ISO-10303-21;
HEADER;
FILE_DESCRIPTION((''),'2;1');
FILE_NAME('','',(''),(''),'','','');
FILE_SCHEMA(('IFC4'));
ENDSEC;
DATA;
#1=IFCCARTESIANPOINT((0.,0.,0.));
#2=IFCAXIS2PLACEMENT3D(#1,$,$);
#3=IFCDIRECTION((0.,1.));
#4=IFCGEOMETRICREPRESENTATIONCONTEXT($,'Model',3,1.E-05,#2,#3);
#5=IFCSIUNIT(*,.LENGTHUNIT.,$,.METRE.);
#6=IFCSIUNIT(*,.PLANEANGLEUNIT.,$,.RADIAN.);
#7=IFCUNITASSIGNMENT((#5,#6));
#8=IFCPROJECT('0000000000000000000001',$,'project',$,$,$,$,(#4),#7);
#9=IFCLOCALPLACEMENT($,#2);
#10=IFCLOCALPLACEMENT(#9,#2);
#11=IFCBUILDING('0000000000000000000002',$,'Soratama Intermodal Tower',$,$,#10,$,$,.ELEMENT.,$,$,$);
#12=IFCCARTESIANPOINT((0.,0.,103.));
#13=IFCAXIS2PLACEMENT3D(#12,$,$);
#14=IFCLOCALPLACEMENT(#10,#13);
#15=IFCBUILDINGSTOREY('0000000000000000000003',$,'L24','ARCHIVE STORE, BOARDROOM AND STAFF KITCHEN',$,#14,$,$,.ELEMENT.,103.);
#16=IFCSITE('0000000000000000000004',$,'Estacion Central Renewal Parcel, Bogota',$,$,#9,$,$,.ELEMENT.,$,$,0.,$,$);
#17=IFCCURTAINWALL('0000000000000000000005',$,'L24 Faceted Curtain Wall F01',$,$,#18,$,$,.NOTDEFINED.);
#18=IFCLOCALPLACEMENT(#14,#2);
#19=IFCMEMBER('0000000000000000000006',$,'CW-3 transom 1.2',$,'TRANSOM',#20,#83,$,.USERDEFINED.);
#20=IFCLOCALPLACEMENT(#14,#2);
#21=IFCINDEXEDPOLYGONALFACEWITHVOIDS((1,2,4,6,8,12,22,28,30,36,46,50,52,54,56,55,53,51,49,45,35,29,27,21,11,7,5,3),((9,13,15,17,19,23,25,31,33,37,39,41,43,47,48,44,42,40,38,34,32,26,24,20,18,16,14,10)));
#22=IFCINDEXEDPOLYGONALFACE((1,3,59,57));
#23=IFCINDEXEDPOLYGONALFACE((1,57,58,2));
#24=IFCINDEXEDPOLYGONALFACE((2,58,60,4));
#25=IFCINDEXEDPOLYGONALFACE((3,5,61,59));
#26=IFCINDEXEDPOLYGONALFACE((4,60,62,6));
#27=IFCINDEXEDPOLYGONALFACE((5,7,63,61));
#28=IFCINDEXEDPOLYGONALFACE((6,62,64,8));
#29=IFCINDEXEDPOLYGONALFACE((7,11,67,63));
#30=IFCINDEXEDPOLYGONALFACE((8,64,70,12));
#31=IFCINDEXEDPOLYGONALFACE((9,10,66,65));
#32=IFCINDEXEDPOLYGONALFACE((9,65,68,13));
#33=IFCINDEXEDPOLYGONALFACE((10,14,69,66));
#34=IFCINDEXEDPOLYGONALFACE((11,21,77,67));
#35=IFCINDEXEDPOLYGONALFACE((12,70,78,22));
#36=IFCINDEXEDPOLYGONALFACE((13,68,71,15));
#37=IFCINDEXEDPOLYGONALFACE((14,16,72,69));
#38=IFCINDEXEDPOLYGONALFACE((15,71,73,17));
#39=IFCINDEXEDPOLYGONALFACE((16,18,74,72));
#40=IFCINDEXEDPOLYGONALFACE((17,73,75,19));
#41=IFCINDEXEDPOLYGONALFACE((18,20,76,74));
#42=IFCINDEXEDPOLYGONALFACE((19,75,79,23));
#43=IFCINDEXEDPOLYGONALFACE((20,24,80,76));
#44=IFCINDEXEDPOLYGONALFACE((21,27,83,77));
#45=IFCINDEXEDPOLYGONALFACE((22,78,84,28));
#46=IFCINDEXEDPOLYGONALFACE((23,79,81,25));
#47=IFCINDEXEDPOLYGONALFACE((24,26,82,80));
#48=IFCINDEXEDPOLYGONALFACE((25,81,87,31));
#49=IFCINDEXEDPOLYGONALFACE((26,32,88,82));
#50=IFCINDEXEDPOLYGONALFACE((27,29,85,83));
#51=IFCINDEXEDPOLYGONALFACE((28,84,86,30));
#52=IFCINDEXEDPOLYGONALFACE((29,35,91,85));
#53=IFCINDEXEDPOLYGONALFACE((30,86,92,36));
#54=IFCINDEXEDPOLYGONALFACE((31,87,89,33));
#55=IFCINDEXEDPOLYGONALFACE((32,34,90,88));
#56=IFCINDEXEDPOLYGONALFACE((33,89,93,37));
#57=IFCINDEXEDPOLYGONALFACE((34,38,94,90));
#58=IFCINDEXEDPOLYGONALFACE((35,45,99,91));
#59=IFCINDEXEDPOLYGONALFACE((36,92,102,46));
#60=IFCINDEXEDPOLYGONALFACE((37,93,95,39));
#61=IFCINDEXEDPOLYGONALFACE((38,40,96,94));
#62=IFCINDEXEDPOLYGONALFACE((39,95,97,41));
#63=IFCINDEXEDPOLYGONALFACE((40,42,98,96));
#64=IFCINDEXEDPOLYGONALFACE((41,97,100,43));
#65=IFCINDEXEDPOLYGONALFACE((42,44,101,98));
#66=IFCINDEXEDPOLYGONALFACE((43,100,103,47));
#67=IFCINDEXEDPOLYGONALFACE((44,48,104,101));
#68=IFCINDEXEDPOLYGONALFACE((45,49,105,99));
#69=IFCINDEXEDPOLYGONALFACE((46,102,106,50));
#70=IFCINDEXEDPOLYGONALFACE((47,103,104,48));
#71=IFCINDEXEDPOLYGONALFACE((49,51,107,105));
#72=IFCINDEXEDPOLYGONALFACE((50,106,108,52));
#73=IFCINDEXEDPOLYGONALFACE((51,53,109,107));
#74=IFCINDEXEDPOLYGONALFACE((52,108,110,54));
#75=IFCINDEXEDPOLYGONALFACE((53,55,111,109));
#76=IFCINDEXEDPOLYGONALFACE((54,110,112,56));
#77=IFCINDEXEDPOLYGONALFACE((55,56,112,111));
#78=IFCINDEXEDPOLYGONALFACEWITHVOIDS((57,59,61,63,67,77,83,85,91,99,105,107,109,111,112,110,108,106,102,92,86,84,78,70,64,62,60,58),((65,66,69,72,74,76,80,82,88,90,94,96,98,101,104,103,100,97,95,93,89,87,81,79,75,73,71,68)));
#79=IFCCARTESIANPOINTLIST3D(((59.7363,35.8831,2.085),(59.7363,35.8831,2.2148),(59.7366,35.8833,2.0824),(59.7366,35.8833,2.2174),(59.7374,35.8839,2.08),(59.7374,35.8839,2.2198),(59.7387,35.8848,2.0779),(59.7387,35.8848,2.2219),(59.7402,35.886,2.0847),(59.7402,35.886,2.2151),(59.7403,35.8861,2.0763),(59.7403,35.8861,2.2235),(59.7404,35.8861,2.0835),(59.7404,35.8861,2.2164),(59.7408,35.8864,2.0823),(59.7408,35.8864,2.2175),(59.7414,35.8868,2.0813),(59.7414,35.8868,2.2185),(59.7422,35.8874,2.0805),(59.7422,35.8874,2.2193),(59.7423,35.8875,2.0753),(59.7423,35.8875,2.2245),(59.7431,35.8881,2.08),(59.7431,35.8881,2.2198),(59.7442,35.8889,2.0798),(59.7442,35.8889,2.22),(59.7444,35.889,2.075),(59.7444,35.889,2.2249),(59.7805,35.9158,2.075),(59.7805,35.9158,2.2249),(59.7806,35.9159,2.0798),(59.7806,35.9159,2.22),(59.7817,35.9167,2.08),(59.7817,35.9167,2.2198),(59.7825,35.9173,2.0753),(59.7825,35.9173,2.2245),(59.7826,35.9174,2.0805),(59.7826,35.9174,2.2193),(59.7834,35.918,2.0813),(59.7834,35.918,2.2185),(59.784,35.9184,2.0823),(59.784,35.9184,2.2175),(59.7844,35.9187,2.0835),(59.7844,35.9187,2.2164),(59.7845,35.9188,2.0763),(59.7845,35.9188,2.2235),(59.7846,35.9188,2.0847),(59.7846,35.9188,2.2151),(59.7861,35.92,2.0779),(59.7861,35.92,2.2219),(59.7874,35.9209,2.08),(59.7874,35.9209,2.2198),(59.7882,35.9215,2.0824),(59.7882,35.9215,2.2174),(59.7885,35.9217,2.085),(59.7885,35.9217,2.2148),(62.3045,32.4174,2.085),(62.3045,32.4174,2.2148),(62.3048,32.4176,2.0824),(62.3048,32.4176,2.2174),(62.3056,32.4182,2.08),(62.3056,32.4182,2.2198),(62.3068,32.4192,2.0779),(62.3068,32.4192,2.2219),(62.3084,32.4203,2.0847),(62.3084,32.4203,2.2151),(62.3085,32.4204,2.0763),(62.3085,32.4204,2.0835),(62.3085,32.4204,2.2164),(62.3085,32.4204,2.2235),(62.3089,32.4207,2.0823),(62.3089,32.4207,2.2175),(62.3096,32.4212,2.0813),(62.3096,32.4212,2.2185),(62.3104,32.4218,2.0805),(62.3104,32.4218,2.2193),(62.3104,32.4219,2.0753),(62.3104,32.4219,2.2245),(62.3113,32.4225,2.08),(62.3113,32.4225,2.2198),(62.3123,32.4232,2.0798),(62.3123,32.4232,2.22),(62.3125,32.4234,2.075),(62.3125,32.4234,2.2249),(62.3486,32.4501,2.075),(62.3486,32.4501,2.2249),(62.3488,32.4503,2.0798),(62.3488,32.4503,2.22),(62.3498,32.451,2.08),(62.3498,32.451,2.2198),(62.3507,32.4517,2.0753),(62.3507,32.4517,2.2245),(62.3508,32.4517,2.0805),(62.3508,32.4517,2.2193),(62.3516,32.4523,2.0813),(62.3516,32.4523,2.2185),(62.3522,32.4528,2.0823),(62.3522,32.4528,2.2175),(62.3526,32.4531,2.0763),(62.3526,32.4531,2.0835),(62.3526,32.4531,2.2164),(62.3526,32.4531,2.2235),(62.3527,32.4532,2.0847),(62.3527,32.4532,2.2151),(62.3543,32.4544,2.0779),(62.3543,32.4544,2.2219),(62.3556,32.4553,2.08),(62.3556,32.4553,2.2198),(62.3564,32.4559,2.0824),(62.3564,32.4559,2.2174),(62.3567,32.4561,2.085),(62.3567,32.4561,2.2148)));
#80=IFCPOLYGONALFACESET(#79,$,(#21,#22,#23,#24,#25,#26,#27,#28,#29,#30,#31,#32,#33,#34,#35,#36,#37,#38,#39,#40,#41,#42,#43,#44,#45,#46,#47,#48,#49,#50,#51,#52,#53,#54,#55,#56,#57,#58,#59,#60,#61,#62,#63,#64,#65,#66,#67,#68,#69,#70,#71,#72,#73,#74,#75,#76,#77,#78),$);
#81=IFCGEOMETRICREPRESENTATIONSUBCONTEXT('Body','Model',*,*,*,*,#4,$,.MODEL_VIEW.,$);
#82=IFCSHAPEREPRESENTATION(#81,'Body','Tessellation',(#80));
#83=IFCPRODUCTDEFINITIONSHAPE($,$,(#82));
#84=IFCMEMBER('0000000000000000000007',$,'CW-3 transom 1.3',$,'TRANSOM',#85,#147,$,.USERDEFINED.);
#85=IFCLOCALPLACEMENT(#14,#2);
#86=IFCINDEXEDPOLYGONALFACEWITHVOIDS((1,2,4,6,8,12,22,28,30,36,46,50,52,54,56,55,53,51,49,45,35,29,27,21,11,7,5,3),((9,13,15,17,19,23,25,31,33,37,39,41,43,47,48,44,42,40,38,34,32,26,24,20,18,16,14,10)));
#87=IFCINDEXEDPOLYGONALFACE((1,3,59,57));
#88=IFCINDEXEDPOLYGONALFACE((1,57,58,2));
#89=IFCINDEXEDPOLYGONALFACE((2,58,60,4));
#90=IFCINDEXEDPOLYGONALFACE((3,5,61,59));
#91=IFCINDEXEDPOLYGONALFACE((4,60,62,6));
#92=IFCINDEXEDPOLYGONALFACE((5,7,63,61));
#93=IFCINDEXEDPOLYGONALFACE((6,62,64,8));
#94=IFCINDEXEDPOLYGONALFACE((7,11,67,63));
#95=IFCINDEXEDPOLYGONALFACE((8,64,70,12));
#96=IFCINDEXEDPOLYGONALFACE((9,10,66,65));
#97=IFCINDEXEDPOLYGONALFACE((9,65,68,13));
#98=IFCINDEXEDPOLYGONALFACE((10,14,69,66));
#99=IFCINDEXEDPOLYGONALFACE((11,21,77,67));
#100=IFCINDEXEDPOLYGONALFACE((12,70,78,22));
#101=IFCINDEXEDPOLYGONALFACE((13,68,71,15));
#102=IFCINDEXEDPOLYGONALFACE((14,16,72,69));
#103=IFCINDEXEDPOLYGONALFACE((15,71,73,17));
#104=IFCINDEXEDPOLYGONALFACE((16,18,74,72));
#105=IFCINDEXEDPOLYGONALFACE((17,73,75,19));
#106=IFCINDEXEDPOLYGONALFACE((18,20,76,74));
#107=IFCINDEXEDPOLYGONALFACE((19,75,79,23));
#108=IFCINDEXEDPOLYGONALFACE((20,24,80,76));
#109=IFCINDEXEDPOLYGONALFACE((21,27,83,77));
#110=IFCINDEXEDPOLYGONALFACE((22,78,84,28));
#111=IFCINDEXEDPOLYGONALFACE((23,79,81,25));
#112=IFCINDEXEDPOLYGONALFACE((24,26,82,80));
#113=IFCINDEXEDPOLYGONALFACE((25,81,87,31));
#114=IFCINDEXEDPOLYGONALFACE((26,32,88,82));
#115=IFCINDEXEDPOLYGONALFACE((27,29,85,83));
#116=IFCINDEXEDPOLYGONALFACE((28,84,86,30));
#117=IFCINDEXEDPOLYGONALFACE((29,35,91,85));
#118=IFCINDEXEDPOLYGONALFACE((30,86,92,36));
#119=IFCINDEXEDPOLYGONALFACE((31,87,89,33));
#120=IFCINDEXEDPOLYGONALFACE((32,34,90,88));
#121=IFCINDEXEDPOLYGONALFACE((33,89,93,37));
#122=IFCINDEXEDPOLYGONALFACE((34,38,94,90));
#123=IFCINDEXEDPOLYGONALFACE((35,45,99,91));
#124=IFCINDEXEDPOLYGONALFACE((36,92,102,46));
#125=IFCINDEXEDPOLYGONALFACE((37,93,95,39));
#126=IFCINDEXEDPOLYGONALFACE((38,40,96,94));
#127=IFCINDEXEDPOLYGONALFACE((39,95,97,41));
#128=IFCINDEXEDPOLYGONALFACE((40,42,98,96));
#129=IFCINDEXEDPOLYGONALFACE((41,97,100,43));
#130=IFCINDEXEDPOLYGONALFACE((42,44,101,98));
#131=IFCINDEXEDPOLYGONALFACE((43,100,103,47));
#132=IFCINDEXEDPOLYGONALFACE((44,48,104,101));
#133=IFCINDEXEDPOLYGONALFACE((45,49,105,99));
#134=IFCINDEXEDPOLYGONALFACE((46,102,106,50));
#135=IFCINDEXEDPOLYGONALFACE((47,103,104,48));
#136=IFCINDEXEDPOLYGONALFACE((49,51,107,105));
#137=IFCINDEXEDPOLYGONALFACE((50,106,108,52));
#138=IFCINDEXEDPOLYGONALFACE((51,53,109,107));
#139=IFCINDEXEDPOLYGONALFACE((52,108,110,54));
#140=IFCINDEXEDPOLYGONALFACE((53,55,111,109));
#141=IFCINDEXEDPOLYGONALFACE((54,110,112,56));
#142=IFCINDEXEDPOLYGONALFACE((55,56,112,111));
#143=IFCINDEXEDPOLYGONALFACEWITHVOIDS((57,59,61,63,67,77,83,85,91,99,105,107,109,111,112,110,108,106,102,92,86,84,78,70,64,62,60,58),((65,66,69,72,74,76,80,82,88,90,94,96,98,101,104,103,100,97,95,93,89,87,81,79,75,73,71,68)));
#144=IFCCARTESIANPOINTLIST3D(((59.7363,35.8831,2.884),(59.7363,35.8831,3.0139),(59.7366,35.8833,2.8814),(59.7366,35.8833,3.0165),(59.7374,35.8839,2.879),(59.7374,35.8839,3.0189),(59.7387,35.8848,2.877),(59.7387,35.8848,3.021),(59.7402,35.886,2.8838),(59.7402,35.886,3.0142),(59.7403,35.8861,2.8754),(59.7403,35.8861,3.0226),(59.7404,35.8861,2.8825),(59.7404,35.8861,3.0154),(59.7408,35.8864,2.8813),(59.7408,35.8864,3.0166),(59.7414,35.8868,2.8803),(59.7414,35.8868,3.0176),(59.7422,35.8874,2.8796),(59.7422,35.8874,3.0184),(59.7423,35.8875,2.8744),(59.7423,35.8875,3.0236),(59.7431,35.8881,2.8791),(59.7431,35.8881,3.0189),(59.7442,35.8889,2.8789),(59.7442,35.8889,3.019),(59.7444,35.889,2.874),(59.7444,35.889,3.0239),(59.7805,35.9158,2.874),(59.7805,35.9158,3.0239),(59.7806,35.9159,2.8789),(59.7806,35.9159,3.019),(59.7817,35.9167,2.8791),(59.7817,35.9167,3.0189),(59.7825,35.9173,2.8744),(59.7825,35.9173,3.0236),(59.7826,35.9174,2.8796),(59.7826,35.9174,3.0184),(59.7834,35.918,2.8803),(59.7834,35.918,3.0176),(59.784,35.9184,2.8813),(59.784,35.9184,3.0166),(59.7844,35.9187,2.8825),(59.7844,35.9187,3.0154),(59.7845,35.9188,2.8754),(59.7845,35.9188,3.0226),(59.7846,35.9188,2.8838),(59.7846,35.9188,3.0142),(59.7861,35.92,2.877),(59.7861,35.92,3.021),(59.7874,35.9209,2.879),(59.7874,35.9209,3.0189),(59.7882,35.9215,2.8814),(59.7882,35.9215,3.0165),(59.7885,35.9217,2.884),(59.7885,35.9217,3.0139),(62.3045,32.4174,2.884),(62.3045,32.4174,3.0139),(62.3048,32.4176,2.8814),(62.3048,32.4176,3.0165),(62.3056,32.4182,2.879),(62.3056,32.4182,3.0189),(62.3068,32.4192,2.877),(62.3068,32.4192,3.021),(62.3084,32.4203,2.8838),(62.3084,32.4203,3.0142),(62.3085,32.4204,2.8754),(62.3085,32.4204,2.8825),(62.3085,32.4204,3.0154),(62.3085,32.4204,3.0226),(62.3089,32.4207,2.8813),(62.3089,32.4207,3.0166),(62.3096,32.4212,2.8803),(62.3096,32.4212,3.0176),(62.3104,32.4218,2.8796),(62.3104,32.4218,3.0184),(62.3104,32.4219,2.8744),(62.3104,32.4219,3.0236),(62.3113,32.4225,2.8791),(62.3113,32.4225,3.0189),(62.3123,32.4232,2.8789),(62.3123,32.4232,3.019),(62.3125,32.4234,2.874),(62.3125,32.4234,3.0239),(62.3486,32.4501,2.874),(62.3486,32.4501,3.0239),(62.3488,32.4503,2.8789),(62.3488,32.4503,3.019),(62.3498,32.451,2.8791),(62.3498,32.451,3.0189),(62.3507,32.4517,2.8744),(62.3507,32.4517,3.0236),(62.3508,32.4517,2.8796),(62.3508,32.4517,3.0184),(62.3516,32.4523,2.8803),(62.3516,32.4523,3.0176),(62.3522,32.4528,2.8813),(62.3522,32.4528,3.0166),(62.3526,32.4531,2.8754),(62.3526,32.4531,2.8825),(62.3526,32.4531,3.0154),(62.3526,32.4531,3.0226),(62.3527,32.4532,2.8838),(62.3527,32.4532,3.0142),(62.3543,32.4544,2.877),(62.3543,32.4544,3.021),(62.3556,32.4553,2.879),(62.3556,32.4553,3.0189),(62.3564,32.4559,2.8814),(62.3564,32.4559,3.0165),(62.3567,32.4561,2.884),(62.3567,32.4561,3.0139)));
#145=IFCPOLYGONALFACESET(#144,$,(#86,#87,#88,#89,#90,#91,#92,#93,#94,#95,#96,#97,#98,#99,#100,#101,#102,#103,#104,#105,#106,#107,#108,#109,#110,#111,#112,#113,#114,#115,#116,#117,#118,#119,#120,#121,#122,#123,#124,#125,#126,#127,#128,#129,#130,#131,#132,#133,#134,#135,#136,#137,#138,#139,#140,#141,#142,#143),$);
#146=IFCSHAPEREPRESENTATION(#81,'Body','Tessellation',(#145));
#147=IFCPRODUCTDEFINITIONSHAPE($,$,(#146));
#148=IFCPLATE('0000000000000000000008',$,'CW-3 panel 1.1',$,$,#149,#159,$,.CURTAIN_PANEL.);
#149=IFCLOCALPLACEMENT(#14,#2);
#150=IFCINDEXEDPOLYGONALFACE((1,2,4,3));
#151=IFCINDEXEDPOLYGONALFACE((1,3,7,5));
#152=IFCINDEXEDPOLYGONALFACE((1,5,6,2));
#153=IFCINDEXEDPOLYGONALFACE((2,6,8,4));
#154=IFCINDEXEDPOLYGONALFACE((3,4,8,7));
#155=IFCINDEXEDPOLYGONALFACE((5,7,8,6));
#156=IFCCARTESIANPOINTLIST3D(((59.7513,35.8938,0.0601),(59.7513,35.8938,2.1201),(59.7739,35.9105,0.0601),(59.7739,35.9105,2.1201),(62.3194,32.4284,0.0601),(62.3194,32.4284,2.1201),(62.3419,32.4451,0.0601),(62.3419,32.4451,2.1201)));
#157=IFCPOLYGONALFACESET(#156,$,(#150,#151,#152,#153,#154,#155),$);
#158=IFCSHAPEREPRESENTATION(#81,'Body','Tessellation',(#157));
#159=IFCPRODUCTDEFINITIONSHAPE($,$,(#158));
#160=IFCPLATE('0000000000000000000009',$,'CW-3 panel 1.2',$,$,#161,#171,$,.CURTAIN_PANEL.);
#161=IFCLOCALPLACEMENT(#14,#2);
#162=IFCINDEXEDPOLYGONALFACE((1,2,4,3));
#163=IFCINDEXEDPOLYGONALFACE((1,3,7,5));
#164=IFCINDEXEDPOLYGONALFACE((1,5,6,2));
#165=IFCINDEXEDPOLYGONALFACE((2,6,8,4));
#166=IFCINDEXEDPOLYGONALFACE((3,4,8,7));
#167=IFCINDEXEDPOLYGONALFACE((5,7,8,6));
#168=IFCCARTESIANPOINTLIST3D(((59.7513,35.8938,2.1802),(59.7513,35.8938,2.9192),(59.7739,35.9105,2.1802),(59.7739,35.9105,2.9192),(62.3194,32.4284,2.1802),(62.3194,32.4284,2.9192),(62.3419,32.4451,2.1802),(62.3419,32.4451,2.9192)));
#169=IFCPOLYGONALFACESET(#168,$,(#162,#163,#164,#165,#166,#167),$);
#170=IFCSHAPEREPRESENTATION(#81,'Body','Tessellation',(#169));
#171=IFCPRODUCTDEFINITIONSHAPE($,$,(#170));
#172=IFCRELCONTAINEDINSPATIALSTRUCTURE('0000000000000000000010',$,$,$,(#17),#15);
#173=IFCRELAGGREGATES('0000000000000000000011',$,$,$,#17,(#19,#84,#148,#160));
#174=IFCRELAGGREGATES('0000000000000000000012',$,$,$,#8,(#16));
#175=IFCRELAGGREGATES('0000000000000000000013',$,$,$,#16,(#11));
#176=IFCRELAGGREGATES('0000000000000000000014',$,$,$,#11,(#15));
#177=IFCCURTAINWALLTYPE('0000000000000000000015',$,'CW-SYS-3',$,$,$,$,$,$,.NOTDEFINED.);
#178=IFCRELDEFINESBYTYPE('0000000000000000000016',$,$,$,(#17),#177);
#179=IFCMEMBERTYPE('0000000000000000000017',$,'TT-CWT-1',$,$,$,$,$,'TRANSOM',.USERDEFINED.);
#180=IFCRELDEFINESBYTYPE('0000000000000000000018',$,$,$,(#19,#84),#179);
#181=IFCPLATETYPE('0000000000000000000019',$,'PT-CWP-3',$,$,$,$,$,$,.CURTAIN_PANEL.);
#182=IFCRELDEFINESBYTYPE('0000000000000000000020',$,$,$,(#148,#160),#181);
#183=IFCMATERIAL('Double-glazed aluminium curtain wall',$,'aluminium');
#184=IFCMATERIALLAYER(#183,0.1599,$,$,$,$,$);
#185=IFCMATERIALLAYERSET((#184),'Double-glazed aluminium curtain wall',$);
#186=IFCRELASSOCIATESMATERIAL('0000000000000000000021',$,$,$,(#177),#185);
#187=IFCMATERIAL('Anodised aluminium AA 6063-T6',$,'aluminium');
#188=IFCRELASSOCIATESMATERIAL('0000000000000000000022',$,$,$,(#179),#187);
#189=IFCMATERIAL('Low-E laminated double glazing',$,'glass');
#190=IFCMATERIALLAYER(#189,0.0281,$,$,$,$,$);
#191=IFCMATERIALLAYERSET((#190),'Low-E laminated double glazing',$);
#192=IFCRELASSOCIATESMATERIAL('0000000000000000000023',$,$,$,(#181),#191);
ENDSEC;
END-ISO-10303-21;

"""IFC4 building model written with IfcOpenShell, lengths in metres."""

from ifc_helpers import new_model, si_unit, direction, frame, origin, origin_2d, place, context, subcontext, project, spatial, rectangle, hollow_rectangle, extrude, material, layer, layer_set, material_profile, profile_set, type_object, element, aggregate, save


model = new_model("IFC4")

# Units and contexts
model_context = context("Model", 3, precision=1e-05, world=origin(), true_north=direction((0.0, 1.0)))
body_context = subcontext(model_context, "Body", "Model", "MODEL_VIEW")
ifc_project = project(units=[si_unit("LENGTHUNIT", "METRE"), si_unit("PLANEANGLEUNIT", "RADIAN")], contexts=[model_context])

# Site, building, storey
site_placement = place(None, origin())
site = spatial("IfcSite", under=ifc_project, at=site_placement, Name="Estacion Central Renewal Parcel, Bogota", CompositionType="ELEMENT", RefElevation=0.0)
building_placement = place(site_placement, origin())
building = spatial("IfcBuilding", under=site, at=building_placement, Name="Soratama Intermodal Tower", CompositionType="ELEMENT")
storey_placement = place(building_placement, frame((0.0, 0.0, 103.0)))
storey = spatial("IfcBuildingStorey", under=building, at=storey_placement, Name="L24", Description="ARCHIVE STORE, BOARDROOM AND STAFF KITCHEN", CompositionType="ELEMENT", Elevation=103.0)

# Curtain wall, members, plates
ifc_material_1 = material(Name="Double-glazed aluminium curtain wall", Category="aluminium")
ifc_layer_1 = layer(ifc_material_1, 0.1599)
ifc_layer_set_1 = layer_set([ifc_layer_1], Name="Double-glazed aluminium curtain wall")
curtain_wall_type = type_object("IfcCurtainWallType", Name="CW-SYS-3", PredefinedType="NOTDEFINED", material=ifc_layer_set_1)
curtain_wall_placement = place(storey_placement, origin())
curtain_wall = element("IfcCurtainWall", 1, at=curtain_wall_placement, inside=storey, type_object=curtain_wall_type, Name="L24 Faceted Curtain Wall F01", PredefinedType="NOTDEFINED")
ifc_material_2 = material(Name="Anodised aluminium AA 6063-T6", Category="aluminium")
ifc_material_profile_1 = material_profile(ifc_material_2, hollow_rectangle(XDim=0.0649, YDim=0.1499, WallThickness=0.0049, InnerFilletRadius=0.0049, OuterFilletRadius=0.01, at=origin_2d()), Name="CWT150X65X5")
ifc_profile_set_1 = profile_set([ifc_material_profile_1], Name="Anodised aluminium AA 6063-T6")
member_type_1 = type_object("IfcMemberType", Name="TT-CWT-1", ElementType="TRANSOM", PredefinedType="USERDEFINED", material=ifc_profile_set_1)
member_1_placement = place(storey_placement, frame((62.3306, 32.4368, 2.1499), z_axis=(-0.59538, 0.803444, 0.0), x_axis=(-0.803444, -0.59538, 0.0)))
member_1 = element("IfcMember", 2, at=member_1_placement, type_object=member_type_1, Name="CW-3 transom 1.2", ObjectType="TRANSOM", PredefinedType="USERDEFINED", context=body_context, shape_type="SweptSolid", body=[
    extrude(hollow_rectangle(XDim=0.0649, YDim=0.1499, WallThickness=0.0049, InnerFilletRadius=0.0049, OuterFilletRadius=0.01, at=origin_2d()), origin(), (0.0, 0.0, 1.0), 4.3135),
])
member_2_placement = place(storey_placement, frame((62.3306, 32.4368, 2.949), z_axis=(-0.59538, 0.803444, 0.0), x_axis=(-0.803444, -0.59538, 0.0)))
member_2 = element("IfcMember", 3, at=member_2_placement, type_object=member_type_1, Name="CW-3 transom 1.3", ObjectType="TRANSOM", PredefinedType="USERDEFINED", context=body_context, shape_type="SweptSolid", body=[
    extrude(hollow_rectangle(XDim=0.0649, YDim=0.1499, WallThickness=0.0049, InnerFilletRadius=0.0049, OuterFilletRadius=0.01, at=origin_2d()), origin(), (0.0, 0.0, 1.0), 4.3135),
])
ifc_material_3 = material(Name="Low-E laminated double glazing", Category="glass")
ifc_layer_2 = layer(ifc_material_3, 0.0281)
ifc_layer_set_2 = layer_set([ifc_layer_2], Name="Low-E laminated double glazing")
plate_type = type_object("IfcPlateType", Name="PT-CWP-3", PredefinedType="CURTAIN_PANEL", material=ifc_layer_set_2)
plate_1_placement = place(storey_placement, frame((61.0466, 34.1694, 0.0601), z_axis=(0.0, 0.0, 1.0), x_axis=(-0.595383, 0.803442, 0.0)))
plate_1 = element("IfcPlate", 4, at=plate_1_placement, type_object=plate_type, Name="CW-3 panel 1.1", PredefinedType="CURTAIN_PANEL", context=body_context, shape_type="SweptSolid", body=[
    extrude(rectangle(XDim=4.3132, YDim=0.0281, at=origin_2d()), origin(), (0.0, 0.0, 1.0), 2.0601),
])
plate_2_placement = place(storey_placement, frame((61.0466, 34.1694, 2.1802), z_axis=(0.0, 0.0, 1.0), x_axis=(-0.595383, 0.803442, 0.0)))
plate_2 = element("IfcPlate", 5, at=plate_2_placement, type_object=plate_type, Name="CW-3 panel 1.2", PredefinedType="CURTAIN_PANEL", context=body_context, shape_type="SweptSolid", body=[
    extrude(rectangle(XDim=4.3132, YDim=0.0281, at=origin_2d()), origin(), (0.0, 0.0, 1.0), 0.739),
])
aggregate(curtain_wall, [member_1, member_2, plate_1, plate_2])

save(model, "model.ifc")
